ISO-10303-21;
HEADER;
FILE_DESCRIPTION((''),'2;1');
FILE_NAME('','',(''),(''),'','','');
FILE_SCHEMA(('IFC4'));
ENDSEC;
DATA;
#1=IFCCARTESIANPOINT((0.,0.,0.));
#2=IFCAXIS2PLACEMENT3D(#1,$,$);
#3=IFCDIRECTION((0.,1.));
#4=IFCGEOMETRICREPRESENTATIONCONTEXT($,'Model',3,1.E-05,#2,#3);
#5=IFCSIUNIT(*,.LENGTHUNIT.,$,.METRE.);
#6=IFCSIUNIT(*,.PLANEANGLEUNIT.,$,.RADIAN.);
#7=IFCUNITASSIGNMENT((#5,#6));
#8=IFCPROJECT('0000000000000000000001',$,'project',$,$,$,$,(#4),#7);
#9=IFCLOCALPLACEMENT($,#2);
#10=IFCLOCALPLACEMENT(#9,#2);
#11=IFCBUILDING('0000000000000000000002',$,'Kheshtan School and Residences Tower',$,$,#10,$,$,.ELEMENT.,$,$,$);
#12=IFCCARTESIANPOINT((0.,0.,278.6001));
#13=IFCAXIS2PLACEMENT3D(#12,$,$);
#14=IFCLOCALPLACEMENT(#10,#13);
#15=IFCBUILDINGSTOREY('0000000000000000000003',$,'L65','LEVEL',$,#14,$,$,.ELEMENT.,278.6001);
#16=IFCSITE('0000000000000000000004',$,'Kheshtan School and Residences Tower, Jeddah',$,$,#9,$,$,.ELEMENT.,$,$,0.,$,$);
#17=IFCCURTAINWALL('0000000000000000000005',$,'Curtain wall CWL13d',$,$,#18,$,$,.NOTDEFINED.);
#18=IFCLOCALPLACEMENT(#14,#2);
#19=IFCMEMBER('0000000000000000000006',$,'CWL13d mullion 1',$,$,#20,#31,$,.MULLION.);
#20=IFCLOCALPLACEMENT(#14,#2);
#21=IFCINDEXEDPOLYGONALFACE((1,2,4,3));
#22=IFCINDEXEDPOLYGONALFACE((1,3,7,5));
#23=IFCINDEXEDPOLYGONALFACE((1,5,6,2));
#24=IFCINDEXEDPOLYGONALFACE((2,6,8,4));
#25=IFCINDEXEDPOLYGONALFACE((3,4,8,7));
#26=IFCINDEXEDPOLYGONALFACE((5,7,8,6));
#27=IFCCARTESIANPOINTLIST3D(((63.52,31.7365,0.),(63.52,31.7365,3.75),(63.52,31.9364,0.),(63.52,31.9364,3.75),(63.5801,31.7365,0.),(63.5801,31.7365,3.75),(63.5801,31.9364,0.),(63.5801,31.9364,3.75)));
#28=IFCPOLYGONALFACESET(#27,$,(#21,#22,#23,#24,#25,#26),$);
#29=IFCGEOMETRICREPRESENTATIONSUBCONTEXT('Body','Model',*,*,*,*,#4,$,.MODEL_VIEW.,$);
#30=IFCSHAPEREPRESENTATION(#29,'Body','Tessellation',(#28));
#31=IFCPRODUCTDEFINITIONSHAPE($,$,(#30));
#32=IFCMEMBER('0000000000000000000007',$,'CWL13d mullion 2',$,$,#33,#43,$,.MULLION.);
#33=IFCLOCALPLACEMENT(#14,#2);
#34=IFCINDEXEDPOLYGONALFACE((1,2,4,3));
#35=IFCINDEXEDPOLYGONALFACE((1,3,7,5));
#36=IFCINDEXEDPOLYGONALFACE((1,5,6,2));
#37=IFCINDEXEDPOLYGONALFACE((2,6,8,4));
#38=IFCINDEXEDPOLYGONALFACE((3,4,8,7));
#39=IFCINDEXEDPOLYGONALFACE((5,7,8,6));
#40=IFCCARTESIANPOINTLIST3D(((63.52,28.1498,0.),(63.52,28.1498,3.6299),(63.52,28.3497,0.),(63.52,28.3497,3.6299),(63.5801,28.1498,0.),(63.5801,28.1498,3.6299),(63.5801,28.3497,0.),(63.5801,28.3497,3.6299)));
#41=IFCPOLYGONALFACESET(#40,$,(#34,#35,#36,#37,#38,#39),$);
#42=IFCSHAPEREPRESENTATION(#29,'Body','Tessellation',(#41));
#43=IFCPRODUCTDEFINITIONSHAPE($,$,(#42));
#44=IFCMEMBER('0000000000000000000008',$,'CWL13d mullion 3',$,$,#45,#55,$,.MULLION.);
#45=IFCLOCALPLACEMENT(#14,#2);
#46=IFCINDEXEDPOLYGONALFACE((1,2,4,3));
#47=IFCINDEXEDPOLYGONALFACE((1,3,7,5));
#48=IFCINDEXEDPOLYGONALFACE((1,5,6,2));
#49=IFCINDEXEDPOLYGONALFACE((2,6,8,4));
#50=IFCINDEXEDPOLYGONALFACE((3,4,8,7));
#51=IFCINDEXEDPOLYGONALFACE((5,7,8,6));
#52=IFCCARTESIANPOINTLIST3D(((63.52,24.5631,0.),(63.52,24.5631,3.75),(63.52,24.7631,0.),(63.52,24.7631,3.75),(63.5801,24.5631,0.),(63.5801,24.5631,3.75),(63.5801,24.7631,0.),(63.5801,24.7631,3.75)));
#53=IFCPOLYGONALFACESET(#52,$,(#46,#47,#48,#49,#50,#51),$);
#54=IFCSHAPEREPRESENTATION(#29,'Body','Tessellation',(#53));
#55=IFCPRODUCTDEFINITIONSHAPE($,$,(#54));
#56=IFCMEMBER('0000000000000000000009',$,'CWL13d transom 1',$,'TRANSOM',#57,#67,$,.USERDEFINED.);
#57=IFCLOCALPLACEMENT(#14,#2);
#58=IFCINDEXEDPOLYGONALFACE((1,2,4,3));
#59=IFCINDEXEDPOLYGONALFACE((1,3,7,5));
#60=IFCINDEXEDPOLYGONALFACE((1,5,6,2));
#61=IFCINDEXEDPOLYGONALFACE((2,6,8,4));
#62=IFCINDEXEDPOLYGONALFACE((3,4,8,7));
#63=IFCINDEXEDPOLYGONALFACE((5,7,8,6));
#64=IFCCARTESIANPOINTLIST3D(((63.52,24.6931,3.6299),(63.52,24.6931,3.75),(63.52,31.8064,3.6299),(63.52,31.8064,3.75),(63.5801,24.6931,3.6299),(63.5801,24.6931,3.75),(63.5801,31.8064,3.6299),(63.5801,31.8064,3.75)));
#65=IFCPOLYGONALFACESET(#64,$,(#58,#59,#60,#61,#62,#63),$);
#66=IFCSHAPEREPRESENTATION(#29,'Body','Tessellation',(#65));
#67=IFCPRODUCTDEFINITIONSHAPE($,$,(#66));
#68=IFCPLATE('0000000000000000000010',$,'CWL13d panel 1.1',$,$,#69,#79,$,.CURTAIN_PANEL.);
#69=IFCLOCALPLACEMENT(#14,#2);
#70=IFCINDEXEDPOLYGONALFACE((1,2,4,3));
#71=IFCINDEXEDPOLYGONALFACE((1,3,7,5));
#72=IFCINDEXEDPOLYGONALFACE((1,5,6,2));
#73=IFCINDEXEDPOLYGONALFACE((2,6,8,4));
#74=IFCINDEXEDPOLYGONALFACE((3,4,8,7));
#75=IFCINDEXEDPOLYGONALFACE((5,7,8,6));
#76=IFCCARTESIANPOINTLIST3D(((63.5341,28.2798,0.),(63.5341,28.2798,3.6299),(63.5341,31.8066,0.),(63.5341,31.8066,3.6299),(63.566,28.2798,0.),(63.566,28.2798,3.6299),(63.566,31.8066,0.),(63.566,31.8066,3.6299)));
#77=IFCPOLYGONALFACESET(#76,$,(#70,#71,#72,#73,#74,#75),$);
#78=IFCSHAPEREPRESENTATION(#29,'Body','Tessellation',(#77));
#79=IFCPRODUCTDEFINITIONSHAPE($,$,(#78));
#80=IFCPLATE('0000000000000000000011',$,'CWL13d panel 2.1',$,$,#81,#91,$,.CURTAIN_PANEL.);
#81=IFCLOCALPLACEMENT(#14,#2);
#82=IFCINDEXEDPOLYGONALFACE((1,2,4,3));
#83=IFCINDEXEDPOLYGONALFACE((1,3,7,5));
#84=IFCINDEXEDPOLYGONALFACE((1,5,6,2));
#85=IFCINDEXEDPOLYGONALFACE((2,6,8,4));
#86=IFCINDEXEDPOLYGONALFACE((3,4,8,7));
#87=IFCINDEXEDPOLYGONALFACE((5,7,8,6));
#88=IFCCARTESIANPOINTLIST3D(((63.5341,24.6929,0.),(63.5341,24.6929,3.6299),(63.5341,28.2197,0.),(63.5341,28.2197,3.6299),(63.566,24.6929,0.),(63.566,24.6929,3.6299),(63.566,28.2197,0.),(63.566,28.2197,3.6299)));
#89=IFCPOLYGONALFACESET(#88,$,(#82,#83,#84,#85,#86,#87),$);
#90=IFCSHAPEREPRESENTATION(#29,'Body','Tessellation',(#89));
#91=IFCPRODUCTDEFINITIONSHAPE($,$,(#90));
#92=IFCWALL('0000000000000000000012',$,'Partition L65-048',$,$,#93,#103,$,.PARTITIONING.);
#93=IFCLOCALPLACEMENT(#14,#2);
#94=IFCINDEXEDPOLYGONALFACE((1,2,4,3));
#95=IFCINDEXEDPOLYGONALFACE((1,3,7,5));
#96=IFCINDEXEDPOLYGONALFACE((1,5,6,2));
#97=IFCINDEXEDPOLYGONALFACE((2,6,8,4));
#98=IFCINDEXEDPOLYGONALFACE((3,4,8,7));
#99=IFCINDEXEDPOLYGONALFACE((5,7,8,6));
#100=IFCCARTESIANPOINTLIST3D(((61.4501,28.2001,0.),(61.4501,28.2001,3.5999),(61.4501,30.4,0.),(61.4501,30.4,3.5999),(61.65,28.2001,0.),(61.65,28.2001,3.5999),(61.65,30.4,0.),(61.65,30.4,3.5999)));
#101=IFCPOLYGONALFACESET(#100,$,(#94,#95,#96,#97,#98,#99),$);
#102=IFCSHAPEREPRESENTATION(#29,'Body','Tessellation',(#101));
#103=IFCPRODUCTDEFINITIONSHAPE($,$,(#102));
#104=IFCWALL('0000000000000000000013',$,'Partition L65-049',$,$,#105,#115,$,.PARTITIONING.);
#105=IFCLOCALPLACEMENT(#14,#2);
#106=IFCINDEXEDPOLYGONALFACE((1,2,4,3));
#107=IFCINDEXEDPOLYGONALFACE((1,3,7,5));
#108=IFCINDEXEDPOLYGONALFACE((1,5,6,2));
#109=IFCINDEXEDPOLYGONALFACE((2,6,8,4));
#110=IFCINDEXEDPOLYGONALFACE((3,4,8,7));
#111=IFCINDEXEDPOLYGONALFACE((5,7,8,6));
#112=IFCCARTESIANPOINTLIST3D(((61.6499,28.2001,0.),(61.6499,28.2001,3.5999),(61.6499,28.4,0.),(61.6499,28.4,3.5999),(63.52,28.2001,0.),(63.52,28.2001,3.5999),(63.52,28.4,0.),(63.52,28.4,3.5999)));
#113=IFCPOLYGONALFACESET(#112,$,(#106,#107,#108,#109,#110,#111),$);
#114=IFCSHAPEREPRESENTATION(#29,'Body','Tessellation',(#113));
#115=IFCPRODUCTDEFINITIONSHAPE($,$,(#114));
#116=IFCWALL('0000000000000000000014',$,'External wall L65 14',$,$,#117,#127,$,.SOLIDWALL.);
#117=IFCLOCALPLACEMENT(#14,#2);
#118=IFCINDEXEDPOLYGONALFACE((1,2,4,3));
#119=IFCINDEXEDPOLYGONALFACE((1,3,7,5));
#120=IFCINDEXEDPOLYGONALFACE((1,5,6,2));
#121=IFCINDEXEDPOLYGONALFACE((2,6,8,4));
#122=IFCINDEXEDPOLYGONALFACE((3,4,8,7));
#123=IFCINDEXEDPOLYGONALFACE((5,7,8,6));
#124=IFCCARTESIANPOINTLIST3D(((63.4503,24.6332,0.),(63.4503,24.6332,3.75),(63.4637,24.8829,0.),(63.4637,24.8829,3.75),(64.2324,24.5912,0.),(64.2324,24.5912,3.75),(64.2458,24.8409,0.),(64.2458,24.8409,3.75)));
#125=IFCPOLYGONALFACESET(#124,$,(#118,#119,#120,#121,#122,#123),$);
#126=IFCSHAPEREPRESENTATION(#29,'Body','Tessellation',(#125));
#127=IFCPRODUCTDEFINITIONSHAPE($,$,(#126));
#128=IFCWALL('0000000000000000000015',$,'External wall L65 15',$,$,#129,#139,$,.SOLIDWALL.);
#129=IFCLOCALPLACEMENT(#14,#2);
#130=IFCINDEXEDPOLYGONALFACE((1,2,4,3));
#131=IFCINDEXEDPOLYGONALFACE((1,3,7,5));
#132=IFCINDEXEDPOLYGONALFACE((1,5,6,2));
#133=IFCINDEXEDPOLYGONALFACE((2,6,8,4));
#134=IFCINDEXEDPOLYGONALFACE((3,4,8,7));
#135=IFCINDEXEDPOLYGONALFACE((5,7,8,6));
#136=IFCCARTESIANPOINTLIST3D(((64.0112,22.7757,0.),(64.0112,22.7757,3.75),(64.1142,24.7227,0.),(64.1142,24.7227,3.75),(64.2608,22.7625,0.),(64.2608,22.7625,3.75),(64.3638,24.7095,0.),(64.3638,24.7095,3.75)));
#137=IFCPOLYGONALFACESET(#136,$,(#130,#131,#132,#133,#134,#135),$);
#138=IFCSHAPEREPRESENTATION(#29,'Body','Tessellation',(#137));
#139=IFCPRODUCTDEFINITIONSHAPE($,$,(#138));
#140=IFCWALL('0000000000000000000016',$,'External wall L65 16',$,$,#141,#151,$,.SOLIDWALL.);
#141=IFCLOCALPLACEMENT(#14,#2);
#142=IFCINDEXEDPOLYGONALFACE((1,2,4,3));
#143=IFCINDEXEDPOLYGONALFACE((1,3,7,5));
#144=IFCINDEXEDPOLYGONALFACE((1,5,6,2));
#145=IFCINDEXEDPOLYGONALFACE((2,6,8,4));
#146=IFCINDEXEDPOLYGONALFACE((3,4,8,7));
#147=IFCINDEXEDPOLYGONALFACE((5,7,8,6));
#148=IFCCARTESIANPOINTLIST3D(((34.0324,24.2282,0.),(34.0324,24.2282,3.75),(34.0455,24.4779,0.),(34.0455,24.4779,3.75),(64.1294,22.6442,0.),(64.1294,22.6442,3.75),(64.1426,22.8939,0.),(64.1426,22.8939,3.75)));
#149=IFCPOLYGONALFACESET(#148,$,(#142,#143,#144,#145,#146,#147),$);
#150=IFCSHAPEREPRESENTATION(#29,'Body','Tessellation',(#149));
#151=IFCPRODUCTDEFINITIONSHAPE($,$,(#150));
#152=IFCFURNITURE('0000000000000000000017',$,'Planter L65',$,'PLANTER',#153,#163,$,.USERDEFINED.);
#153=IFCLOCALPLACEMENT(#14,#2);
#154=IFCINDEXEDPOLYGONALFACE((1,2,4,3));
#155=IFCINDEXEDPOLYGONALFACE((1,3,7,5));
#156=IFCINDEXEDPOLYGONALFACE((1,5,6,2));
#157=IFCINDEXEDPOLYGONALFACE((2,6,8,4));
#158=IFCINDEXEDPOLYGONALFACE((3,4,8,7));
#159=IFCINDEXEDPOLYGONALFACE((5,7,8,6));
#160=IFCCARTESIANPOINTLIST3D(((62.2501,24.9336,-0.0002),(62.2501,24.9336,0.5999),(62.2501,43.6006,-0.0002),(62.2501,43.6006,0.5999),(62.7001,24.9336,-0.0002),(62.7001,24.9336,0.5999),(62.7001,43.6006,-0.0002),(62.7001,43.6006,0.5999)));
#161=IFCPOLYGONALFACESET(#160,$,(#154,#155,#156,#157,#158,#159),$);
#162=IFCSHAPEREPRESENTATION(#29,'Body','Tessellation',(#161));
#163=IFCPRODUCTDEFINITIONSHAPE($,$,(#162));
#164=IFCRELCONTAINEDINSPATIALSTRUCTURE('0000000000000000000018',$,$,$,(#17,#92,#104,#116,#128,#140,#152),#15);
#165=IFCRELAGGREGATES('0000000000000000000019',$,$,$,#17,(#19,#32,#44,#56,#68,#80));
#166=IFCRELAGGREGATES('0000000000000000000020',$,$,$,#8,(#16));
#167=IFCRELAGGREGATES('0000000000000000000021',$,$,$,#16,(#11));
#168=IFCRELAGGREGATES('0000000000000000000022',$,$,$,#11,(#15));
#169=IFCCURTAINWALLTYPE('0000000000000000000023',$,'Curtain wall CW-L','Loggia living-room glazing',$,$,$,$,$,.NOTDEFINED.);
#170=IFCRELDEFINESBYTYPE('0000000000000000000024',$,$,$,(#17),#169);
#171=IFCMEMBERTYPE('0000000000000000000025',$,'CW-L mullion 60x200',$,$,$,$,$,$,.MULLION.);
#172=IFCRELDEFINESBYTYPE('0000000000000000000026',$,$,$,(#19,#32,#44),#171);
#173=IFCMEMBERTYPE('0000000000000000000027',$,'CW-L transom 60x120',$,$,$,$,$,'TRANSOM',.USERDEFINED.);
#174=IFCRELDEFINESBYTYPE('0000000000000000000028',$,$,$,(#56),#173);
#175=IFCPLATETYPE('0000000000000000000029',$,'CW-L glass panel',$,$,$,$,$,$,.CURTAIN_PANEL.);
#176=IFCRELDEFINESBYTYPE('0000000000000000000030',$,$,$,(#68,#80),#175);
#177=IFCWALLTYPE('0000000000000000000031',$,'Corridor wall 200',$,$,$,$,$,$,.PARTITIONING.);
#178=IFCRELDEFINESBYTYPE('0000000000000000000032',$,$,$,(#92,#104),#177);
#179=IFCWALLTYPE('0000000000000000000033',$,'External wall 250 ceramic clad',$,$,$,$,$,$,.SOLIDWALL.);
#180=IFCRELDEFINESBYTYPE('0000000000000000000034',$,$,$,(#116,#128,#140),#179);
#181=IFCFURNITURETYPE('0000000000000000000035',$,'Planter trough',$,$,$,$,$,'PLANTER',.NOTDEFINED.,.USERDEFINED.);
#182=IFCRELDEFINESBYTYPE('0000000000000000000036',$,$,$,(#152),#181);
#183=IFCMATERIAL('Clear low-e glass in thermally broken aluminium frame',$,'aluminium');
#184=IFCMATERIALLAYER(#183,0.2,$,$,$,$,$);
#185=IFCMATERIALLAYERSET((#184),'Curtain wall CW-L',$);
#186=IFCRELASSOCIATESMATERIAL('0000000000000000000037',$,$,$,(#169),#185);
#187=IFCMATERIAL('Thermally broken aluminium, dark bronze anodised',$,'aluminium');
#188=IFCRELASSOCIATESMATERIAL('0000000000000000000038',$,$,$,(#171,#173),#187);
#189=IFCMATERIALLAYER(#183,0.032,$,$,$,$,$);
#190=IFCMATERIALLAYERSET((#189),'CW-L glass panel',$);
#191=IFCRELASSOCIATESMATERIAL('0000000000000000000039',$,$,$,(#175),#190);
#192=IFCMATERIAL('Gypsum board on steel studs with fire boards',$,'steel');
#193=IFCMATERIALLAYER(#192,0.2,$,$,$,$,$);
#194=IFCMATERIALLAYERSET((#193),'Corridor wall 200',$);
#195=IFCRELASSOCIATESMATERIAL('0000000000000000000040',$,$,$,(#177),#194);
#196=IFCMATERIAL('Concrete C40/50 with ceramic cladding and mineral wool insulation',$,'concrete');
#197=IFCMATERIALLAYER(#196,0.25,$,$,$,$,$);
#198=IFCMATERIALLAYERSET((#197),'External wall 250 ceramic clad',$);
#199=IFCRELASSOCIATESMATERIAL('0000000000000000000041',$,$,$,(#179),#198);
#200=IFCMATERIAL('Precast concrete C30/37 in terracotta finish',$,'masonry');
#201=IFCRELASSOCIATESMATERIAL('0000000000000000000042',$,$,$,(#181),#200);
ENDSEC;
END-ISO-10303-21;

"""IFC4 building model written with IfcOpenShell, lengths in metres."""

from ifc_helpers import new_model, si_unit, direction, frame, frame_2d, origin, origin_2d, place, context, subcontext, project, spatial, rectangle, extrude, material, layer, layer_set, material_profile, profile_set, type_object, element, aggregate, save


model = new_model("IFC4")

# Units and contexts
model_context = context("Model", 3, precision=1e-05, world=origin(), true_north=direction((0.0, 1.0)))
body_context = subcontext(model_context, "Body", "Model", "MODEL_VIEW")
ifc_project = project(units=[si_unit("LENGTHUNIT", "METRE"), si_unit("PLANEANGLEUNIT", "RADIAN")], contexts=[model_context])

# Site, building, storey
site_placement = place(None, origin())
site = spatial("IfcSite", under=ifc_project, at=site_placement, Name="Kheshtan School and Residences Tower, Jeddah", CompositionType="ELEMENT", RefElevation=0.0)
building_placement = place(site_placement, origin())
building = spatial("IfcBuilding", under=site, at=building_placement, Name="Kheshtan School and Residences Tower", CompositionType="ELEMENT")
storey_placement = place(building_placement, frame((0.0, 0.0, 278.6001)))
storey = spatial("IfcBuildingStorey", under=building, at=storey_placement, Name="L65", Description="LEVEL", CompositionType="ELEMENT", Elevation=278.6001)

# Curtain wall, members, plates
ifc_material_1 = material(Name="Clear low-e glass in thermally broken aluminium frame", Category="aluminium")
ifc_layer_1 = layer(ifc_material_1, 0.2)
ifc_layer_set_1 = layer_set([ifc_layer_1], Name="Curtain wall CW-L")
curtain_wall_type = type_object("IfcCurtainWallType", Name="Curtain wall CW-L", Description="Loggia living-room glazing", PredefinedType="NOTDEFINED", material=ifc_layer_set_1)
curtain_wall_placement = place(storey_placement, origin())
curtain_wall = element("IfcCurtainWall", 1, at=curtain_wall_placement, inside=storey, type_object=curtain_wall_type, Name="Curtain wall CWL13d", PredefinedType="NOTDEFINED")
ifc_material_2 = material(Name="Thermally broken aluminium, dark bronze anodised", Category="aluminium")
ifc_material_profile_1 = material_profile(ifc_material_2, rectangle(XDim=0.0601, YDim=0.2, at=origin_2d()), Name="CW-L mullion 60x200")
ifc_profile_set_1 = profile_set([ifc_material_profile_1], Name="Thermally broken aluminium, dark bronze anodised")
member_type_1 = type_object("IfcMemberType", Name="CW-L mullion 60x200", PredefinedType="MULLION", material=ifc_profile_set_1)
member_1_placement = place(storey_placement, frame((63.55, 31.8364, 0.0), z_axis=(0.0, 0.0, 1.0), x_axis=(1.0, 0.0, 0.0)))
member_1 = element("IfcMember", 2, at=member_1_placement, type_object=member_type_1, Name="CWL13d mullion 1", PredefinedType="MULLION", context=body_context, shape_type="SweptSolid", body=[
    extrude(rectangle(XDim=0.0601, YDim=0.2, at=origin_2d()), origin(), (0.0, 0.0, 1.0), 3.75),
])
member_2_placement = place(storey_placement, frame((63.55, 28.2498, 0.0), z_axis=(0.0, 0.0, 1.0), x_axis=(1.0, 0.0, 0.0)))
member_2 = element("IfcMember", 3, at=member_2_placement, type_object=member_type_1, Name="CWL13d mullion 2", PredefinedType="MULLION", context=body_context, shape_type="SweptSolid", body=[
    extrude(rectangle(XDim=0.0601, YDim=0.2, at=origin_2d()), origin(), (0.0, 0.0, 1.0), 3.6299),
])
member_3_placement = place(storey_placement, frame((63.55, 24.6631, 0.0), z_axis=(0.0, 0.0, 1.0), x_axis=(1.0, 0.0, 0.0)))
member_3 = element("IfcMember", 4, at=member_3_placement, type_object=member_type_1, Name="CWL13d mullion 3", PredefinedType="MULLION", context=body_context, shape_type="SweptSolid", body=[
    extrude(rectangle(XDim=0.0601, YDim=0.2, at=origin_2d()), origin(), (0.0, 0.0, 1.0), 3.75),
])
ifc_material_profile_2 = material_profile(ifc_material_2, rectangle(XDim=0.0601, YDim=0.1201, at=origin_2d()), Name="CW-L transom 60x120")
ifc_profile_set_2 = profile_set([ifc_material_profile_2], Name="Thermally broken aluminium, dark bronze anodised")
member_type_2 = type_object("IfcMemberType", Name="CW-L transom 60x120", ElementType="TRANSOM", PredefinedType="USERDEFINED", material=ifc_profile_set_2)
member_4_placement = place(storey_placement, frame((63.55, 31.8064, 3.6899), z_axis=(0.0, -1.0, 0.0), x_axis=(1.0, 0.0, 0.0)))
member_4 = element("IfcMember", 5, at=member_4_placement, type_object=member_type_2, Name="CWL13d transom 1", ObjectType="TRANSOM", PredefinedType="USERDEFINED", context=body_context, shape_type="SweptSolid", body=[
    extrude(rectangle(XDim=0.0601, YDim=0.1201, at=origin_2d()), origin(), (0.0, 0.0, 1.0), 7.1133),
])
ifc_layer_2 = layer(ifc_material_1, 0.032)
ifc_layer_set_2 = layer_set([ifc_layer_2], Name="CW-L glass panel")
plate_type = type_object("IfcPlateType", Name="CW-L glass panel", PredefinedType="CURTAIN_PANEL", material=ifc_layer_set_2)
plate_1_placement = place(storey_placement, frame((63.55, 30.0432, 0.0), z_axis=(0.0, 0.0, 1.0), x_axis=(0.0, -1.0, 0.0)))
plate_1 = element("IfcPlate", 6, at=plate_1_placement, type_object=plate_type, Name="CWL13d panel 1.1", PredefinedType="CURTAIN_PANEL", context=body_context, shape_type="SweptSolid", body=[
    extrude(rectangle(XDim=3.5269, YDim=0.032, at=origin_2d()), origin(), (0.0, 0.0, 1.0), 3.6299),
])
plate_2_placement = place(storey_placement, frame((63.55, 26.4563, 0.0), z_axis=(0.0, 0.0, 1.0), x_axis=(0.0, -1.0, 0.0)))
plate_2 = element("IfcPlate", 7, at=plate_2_placement, type_object=plate_type, Name="CWL13d panel 2.1", PredefinedType="CURTAIN_PANEL", context=body_context, shape_type="SweptSolid", body=[
    extrude(rectangle(XDim=3.5269, YDim=0.032, at=origin_2d()), origin(), (0.0, 0.0, 1.0), 3.6299),
])
aggregate(curtain_wall, [member_1, member_2, member_3, member_4, plate_1, plate_2])

# Walls
ifc_material_3 = material(Name="Gypsum board on steel studs with fire boards", Category="steel")
ifc_layer_3 = layer(ifc_material_3, 0.2)
ifc_layer_set_3 = layer_set([ifc_layer_3], Name="Corridor wall 200")
wall_type_1 = type_object("IfcWallType", Name="Corridor wall 200", PredefinedType="PARTITIONING", material=ifc_layer_set_3)
wall_1_placement = place(storey_placement, frame((61.55, 28.2, 0.0), z_axis=(0.0, 0.0, 1.0), x_axis=(0.0, 1.0, 0.0)))
element("IfcWall", 8, at=wall_1_placement, inside=storey, type_object=wall_type_1, Name="Partition L65-048", PredefinedType="PARTITIONING", context=body_context, shape_type="SweptSolid", body=[
    extrude(rectangle(XDim=2.2, YDim=0.2, at=frame_2d((1.1001, 0.0))), origin(), (0.0, 0.0, 1.0), 3.5999),
])
wall_2_placement = place(storey_placement, frame((61.6499, 28.3, 0.0), z_axis=(0.0, 0.0, 1.0), x_axis=(1.0, 0.0, 0.0)))
element("IfcWall", 9, at=wall_2_placement, inside=storey, type_object=wall_type_1, Name="Partition L65-049", PredefinedType="PARTITIONING", context=body_context, shape_type="SweptSolid", body=[
    extrude(rectangle(XDim=1.8701, YDim=0.2, at=frame_2d((0.9351, 0.0))), origin(), (0.0, 0.0, 1.0), 3.5999),
])
ifc_material_4 = material(Name="Concrete C40/50 with ceramic cladding and mineral wool insulation", Category="concrete")
ifc_layer_4 = layer(ifc_material_4, 0.25)
ifc_layer_set_4 = layer_set([ifc_layer_4], Name="External wall 250 ceramic clad")
wall_type_2 = type_object("IfcWallType", Name="External wall 250 ceramic clad", PredefinedType="SOLIDWALL", material=ifc_layer_set_4)
wall_3_placement = place(storey_placement, frame((63.457, 24.7581, 0.0), z_axis=(0.0, 0.0, 1.0), x_axis=(0.998561, -0.053622, 0.0)))
element("IfcWall", 10, at=wall_3_placement, inside=storey, type_object=wall_type_2, Name="External wall L65 14", PredefinedType="SOLIDWALL", context=body_context, shape_type="SweptSolid", body=[
    extrude(rectangle(XDim=0.7832, YDim=0.25, at=frame_2d((0.3916, 0.0))), origin(), (0.0, 0.0, 1.0), 3.75),
])
wall_4_placement = place(storey_placement, frame((64.239, 24.7161, 0.0), z_axis=(0.0, 0.0, 1.0), x_axis=(-0.052841, -0.998603, 0.0)))
element("IfcWall", 11, at=wall_4_placement, inside=storey, type_object=wall_type_2, Name="External wall L65 15", PredefinedType="SOLIDWALL", context=body_context, shape_type="SweptSolid", body=[
    extrude(rectangle(XDim=1.9497, YDim=0.25, at=frame_2d((0.9749, 0.0))), origin(), (0.0, 0.0, 1.0), 3.75),
])
wall_5_placement = place(storey_placement, frame((64.136, 22.769, 0.0), z_axis=(0.0, 0.0, 1.0), x_axis=(-0.998618, 0.052557, 0.0)))
element("IfcWall", 12, at=wall_5_placement, inside=storey, type_object=wall_type_2, Name="External wall L65 16", PredefinedType="SOLIDWALL", context=body_context, shape_type="SweptSolid", body=[
    extrude(rectangle(XDim=30.1387, YDim=0.25, at=frame_2d((15.0693, 0.0))), origin(), (0.0, 0.0, 1.0), 3.75),
])

# Furniture
ifc_material_5 = material(Name="Precast concrete C30/37 in terracotta finish", Category="masonry")
furniture_type = type_object("IfcFurnitureType", Name="Planter trough", ElementType="PLANTER", AssemblyPlace="NOTDEFINED", PredefinedType="USERDEFINED", material=ifc_material_5)
furniture_placement = place(storey_placement, frame((62.4751, 34.2671, -0.0002), z_axis=(0.0, 0.0, 1.0), x_axis=(0.0, -1.0, 0.0)))
element("IfcFurniture", 13, at=furniture_placement, inside=storey, type_object=furniture_type, Name="Planter L65", ObjectType="PLANTER", PredefinedType="USERDEFINED", context=body_context, shape_type="SweptSolid", body=[
    extrude(rectangle(XDim=18.667, YDim=0.45, at=origin_2d()), origin(), (0.0, 0.0, 1.0), 0.6001),
])

save(model, "model.ifc")
